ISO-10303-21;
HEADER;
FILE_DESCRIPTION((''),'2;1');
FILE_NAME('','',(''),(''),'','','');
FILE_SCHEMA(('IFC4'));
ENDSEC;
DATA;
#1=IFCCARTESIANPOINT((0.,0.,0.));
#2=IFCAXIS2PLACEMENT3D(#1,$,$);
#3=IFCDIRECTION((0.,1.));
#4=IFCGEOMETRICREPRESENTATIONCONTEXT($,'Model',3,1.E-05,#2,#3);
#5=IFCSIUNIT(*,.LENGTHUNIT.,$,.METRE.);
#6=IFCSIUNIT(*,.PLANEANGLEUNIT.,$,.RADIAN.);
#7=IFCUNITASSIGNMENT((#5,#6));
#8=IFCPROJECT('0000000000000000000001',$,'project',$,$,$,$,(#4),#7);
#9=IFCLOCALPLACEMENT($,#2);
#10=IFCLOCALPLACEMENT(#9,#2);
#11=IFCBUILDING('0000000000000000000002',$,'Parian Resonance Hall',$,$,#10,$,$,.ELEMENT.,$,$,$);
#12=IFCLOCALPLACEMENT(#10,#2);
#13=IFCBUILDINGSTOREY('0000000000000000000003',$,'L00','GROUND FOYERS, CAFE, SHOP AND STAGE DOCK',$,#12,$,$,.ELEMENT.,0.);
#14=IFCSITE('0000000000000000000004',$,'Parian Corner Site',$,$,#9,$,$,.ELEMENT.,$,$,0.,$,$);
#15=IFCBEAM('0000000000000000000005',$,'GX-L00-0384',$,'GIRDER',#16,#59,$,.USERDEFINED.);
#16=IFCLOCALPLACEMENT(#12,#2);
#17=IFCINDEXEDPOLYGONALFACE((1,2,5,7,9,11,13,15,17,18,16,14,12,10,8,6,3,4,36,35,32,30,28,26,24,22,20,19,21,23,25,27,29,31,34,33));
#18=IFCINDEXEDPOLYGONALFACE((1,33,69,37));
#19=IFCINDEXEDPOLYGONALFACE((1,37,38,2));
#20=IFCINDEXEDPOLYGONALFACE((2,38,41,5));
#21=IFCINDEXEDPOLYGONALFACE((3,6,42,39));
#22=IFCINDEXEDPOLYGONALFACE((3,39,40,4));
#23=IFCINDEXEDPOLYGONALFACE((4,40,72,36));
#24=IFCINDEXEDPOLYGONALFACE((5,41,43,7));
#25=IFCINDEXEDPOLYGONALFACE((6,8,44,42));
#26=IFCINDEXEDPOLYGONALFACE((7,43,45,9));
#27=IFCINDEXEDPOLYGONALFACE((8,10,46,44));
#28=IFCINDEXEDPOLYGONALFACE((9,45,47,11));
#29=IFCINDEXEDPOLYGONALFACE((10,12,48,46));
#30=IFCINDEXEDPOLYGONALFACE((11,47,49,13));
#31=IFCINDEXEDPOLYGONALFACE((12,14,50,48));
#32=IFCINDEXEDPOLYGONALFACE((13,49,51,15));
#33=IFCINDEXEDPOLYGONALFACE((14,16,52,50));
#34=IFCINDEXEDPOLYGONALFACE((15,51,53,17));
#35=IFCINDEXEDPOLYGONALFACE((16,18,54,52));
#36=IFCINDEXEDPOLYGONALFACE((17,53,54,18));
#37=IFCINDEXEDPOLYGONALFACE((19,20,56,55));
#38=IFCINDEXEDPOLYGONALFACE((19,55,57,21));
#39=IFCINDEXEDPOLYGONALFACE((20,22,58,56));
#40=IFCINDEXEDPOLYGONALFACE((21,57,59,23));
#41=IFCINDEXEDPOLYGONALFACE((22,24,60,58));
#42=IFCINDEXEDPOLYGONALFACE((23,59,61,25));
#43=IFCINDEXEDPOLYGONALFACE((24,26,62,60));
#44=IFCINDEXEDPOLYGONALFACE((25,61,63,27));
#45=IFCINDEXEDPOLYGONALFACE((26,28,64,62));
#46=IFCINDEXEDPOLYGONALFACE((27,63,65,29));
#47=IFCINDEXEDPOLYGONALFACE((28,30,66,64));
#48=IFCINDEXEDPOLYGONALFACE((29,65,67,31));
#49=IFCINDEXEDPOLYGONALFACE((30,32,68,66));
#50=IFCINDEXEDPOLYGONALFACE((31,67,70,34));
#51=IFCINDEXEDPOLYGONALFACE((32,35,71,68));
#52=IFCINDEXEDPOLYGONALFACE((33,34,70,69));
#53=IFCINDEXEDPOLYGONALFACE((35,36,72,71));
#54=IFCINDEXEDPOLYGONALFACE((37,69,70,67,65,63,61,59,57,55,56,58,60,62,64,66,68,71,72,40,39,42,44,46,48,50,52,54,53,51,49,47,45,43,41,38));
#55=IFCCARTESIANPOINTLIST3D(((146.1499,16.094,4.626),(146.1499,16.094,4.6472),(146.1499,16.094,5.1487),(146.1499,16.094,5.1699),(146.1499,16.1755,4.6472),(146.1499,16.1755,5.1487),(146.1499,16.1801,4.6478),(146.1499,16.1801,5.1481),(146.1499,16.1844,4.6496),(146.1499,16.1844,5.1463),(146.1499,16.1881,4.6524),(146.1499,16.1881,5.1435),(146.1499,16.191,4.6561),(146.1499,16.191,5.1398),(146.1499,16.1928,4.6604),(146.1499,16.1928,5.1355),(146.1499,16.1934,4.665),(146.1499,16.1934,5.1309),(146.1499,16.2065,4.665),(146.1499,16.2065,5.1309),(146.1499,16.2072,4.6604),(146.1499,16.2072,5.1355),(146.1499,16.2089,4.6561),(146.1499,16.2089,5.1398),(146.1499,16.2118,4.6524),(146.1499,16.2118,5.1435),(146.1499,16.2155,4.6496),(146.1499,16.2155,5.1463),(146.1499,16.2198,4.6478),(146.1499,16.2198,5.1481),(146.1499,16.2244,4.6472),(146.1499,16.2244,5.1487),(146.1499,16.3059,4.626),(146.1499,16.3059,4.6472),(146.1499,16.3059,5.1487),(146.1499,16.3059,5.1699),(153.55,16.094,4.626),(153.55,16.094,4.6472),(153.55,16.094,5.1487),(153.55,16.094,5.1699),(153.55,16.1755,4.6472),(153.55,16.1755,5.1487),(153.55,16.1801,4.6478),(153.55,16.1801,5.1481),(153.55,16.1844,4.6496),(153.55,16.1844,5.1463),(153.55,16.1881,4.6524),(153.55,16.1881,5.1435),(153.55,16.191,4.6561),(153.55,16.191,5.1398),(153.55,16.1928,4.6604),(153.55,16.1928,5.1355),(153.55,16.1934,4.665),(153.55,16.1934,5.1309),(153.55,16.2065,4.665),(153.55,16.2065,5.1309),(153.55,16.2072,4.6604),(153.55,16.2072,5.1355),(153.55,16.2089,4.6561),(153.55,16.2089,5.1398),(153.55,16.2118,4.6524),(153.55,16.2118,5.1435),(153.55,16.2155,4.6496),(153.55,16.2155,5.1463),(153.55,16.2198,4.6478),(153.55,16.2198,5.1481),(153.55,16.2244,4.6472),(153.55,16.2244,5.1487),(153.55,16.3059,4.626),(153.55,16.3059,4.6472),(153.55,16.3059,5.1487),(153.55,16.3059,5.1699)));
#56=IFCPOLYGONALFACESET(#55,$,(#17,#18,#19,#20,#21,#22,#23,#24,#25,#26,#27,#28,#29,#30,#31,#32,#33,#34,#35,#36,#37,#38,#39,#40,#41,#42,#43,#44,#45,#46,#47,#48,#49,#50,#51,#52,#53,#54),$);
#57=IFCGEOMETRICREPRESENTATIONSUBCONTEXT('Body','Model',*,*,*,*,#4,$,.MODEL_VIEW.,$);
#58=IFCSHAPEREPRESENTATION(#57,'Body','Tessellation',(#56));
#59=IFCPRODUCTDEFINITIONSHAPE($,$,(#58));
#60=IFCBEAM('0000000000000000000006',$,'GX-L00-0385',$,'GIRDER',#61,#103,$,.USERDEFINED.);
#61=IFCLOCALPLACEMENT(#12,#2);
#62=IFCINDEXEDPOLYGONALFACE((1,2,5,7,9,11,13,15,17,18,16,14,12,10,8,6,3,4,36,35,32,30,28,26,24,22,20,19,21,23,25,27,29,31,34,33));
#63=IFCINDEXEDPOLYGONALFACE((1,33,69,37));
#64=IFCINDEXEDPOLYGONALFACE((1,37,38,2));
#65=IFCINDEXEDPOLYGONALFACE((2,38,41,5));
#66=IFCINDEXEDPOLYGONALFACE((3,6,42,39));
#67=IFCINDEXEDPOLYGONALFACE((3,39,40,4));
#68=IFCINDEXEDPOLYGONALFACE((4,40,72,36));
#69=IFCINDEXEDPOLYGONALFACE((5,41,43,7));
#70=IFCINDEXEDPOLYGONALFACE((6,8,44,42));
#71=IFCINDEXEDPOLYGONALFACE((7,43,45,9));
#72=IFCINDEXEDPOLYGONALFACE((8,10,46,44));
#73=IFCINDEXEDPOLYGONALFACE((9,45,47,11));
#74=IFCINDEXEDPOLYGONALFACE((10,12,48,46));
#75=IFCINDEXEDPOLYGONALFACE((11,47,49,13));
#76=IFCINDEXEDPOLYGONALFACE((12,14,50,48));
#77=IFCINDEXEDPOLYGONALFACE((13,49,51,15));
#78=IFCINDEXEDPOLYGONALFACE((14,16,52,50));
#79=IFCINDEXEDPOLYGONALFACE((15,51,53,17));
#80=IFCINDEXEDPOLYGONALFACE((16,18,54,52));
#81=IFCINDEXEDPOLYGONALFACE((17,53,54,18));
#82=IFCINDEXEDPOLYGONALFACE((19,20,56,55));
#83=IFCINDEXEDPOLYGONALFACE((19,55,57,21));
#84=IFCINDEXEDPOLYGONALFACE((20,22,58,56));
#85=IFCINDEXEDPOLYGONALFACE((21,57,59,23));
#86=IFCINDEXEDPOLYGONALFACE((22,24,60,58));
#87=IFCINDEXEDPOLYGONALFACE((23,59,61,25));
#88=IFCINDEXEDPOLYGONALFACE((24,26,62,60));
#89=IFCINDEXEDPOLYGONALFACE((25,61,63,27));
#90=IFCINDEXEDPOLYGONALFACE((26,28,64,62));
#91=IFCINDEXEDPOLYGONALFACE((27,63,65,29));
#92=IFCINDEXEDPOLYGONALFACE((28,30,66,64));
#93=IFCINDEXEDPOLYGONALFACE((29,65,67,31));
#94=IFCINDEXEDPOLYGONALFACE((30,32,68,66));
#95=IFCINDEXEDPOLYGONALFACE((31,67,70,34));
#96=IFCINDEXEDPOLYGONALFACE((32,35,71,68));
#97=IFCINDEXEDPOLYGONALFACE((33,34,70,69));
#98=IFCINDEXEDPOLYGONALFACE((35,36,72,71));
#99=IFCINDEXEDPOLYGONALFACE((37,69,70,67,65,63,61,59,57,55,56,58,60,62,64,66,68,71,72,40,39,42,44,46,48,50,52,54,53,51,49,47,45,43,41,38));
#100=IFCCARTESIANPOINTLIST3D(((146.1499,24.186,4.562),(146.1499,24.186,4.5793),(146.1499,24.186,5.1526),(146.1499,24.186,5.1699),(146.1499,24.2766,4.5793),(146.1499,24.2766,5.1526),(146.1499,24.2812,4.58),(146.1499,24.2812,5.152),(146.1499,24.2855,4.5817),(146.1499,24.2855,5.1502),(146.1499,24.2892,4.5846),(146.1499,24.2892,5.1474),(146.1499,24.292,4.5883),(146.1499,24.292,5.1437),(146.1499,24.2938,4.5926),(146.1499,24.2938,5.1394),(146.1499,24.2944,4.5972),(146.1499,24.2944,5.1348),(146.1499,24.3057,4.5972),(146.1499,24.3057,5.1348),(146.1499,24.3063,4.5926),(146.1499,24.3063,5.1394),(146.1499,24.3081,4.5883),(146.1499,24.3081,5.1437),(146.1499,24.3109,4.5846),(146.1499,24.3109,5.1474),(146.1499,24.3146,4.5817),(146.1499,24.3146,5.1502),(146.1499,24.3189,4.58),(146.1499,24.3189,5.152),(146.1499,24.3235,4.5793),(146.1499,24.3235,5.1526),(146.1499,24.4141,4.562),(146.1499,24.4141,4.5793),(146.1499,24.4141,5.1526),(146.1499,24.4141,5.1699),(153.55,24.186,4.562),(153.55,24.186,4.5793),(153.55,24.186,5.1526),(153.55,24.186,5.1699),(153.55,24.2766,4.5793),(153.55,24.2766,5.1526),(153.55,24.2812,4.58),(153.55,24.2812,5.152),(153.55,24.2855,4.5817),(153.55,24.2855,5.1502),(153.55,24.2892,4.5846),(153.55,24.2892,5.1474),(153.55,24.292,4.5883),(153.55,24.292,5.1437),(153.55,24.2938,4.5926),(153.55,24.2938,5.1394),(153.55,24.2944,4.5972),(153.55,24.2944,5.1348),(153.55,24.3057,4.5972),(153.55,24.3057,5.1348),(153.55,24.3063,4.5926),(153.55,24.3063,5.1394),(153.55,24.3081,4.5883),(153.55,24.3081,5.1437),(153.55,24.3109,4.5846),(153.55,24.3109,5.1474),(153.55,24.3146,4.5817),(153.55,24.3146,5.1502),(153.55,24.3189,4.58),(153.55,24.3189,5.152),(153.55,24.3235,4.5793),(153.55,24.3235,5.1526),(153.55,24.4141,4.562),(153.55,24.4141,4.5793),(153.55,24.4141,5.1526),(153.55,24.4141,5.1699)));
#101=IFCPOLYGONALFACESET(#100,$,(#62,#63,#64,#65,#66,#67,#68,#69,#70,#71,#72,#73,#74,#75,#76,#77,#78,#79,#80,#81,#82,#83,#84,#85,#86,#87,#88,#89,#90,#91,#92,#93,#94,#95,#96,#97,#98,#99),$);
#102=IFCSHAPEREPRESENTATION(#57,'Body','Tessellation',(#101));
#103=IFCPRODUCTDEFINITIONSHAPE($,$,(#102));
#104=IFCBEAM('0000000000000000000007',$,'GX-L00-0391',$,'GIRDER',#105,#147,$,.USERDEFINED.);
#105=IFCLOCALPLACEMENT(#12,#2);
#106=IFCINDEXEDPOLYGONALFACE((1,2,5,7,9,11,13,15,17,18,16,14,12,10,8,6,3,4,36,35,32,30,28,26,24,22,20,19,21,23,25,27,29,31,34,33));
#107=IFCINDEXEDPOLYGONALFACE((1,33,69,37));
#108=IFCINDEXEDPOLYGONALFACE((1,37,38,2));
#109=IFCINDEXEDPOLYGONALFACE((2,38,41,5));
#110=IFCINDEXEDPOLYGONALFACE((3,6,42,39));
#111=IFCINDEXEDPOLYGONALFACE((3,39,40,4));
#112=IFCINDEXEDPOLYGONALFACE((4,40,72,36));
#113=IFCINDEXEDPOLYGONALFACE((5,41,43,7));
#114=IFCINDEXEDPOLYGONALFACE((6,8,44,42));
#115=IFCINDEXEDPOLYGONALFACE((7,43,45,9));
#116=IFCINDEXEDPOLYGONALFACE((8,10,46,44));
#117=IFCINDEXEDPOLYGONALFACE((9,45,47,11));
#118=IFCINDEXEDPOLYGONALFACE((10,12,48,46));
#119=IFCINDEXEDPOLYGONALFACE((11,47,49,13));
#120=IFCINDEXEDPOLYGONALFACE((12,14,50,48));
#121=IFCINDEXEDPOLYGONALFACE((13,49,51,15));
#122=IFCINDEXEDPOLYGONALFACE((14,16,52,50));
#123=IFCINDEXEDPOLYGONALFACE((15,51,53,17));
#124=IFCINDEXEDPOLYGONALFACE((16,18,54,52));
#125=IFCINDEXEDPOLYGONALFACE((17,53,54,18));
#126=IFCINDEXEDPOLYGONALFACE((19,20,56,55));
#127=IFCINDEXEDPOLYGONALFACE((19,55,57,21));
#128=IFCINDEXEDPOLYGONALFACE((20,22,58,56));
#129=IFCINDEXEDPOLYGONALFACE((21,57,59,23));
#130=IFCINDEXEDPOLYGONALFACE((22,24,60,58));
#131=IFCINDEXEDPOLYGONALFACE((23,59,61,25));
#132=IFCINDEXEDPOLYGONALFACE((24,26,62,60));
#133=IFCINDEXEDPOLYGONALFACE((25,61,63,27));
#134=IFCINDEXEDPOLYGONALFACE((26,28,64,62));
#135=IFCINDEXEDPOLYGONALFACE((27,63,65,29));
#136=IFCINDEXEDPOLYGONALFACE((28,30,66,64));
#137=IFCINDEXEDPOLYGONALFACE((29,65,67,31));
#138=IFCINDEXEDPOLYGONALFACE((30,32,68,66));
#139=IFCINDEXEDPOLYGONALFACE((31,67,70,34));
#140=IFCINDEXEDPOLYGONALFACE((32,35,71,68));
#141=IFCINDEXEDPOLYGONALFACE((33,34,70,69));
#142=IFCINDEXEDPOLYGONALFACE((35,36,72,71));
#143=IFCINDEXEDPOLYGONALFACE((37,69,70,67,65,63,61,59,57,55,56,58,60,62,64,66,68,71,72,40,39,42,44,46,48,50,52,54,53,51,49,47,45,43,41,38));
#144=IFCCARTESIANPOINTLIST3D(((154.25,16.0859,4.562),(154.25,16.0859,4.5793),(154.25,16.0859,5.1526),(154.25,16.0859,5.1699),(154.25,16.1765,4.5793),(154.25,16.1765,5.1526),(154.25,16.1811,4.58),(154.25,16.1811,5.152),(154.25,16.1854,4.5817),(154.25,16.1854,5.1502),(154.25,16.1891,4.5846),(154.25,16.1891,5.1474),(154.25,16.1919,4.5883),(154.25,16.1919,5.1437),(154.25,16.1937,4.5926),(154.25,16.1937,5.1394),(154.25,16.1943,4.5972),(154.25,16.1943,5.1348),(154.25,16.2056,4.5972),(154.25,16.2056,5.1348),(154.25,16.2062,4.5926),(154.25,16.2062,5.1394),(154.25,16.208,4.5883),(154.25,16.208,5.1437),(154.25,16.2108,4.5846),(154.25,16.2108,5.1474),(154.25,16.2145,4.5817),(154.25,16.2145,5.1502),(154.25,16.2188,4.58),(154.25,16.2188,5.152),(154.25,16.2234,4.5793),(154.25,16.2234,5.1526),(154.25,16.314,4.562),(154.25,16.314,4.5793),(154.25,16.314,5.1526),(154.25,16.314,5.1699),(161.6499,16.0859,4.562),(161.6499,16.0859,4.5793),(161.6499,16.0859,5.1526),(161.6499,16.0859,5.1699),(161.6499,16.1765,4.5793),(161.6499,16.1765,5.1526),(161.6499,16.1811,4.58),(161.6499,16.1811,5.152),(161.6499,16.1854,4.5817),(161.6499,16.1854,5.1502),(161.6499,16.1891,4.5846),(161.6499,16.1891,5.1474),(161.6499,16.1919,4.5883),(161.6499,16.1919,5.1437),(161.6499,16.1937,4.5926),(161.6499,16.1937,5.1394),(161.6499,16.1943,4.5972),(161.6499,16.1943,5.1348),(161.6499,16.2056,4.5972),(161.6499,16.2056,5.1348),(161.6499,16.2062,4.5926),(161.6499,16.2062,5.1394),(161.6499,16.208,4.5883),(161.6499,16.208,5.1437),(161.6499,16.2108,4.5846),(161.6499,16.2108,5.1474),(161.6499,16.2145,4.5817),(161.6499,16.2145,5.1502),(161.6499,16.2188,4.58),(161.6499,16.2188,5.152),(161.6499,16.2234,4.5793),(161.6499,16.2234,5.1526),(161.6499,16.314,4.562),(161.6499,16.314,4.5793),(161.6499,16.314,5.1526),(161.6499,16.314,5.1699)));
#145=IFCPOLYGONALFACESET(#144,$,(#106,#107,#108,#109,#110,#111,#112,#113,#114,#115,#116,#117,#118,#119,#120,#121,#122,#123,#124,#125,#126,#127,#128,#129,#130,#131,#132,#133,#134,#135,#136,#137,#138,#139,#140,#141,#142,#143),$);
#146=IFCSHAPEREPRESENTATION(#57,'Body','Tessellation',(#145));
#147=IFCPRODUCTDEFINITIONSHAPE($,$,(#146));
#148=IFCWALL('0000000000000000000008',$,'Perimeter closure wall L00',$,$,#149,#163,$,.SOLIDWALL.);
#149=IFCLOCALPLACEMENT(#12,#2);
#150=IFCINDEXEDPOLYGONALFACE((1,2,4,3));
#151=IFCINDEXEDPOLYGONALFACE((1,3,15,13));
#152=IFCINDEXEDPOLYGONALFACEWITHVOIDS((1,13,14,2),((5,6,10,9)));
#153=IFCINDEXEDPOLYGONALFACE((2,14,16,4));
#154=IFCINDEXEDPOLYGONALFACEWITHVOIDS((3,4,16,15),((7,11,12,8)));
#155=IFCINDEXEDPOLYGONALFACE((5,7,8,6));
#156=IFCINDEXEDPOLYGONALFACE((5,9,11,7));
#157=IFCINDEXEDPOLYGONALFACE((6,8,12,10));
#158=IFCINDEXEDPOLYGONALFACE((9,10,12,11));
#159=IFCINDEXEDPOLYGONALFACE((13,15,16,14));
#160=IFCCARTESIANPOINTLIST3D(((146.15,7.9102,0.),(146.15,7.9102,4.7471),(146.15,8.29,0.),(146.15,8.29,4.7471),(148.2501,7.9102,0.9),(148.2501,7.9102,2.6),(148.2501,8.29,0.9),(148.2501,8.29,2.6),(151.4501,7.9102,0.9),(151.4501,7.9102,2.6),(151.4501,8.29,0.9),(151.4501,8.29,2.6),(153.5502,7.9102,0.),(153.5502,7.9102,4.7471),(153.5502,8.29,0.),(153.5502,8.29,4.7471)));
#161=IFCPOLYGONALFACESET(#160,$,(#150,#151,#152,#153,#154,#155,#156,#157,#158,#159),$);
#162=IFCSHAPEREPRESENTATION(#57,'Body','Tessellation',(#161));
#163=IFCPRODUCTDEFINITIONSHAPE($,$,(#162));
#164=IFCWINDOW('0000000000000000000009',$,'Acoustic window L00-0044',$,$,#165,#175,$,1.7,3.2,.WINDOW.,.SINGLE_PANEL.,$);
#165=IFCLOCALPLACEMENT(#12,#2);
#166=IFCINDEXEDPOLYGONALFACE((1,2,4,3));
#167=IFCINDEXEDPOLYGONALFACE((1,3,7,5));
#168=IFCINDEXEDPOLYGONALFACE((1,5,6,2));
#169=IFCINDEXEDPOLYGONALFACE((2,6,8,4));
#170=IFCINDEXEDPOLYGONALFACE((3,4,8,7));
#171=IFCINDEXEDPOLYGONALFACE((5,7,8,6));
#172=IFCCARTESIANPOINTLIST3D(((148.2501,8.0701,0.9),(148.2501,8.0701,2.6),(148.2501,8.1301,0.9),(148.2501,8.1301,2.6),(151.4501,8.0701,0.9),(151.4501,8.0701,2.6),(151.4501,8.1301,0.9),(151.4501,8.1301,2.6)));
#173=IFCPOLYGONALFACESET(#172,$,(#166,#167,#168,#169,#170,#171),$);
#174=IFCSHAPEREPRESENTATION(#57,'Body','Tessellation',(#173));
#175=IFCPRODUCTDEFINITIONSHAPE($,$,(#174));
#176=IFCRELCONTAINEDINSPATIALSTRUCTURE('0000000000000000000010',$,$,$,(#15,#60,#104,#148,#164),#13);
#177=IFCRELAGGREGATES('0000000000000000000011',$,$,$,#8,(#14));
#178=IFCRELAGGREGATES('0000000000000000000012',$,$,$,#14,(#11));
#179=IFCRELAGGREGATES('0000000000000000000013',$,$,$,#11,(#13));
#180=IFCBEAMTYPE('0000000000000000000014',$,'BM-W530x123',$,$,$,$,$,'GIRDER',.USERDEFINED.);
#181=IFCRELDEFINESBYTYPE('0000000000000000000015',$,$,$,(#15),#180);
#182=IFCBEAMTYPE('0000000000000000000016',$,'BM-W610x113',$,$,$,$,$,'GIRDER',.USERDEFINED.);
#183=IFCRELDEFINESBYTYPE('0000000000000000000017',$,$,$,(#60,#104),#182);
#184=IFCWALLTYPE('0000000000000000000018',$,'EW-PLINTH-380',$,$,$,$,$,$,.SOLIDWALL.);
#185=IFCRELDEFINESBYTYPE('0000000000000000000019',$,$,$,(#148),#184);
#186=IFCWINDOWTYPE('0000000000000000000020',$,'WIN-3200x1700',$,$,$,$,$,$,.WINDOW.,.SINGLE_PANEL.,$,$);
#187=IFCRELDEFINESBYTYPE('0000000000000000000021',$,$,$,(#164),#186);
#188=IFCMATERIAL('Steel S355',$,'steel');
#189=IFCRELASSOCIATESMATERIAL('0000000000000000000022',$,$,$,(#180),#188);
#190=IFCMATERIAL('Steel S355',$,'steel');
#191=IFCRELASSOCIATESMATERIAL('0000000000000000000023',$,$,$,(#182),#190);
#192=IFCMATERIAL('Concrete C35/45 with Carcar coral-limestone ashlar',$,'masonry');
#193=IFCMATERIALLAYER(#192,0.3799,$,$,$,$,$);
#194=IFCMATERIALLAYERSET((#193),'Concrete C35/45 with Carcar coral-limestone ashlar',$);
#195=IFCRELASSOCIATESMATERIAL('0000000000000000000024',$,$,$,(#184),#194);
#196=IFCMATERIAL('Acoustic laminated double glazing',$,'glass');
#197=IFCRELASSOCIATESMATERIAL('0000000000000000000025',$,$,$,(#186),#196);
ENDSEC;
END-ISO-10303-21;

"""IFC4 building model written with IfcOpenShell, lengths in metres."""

from ifc_helpers import new_model, si_unit, direction, frame, frame_2d, origin, origin_2d, place, context, subcontext, project, spatial, rectangle, i_section, extrude, material, layer, layer_set, material_profile, profile_set, type_object, element, fill, save


model = new_model("IFC4")

# Units and contexts
model_context = context("Model", 3, precision=1e-05, world=origin(), true_north=direction((0.0, 1.0)))
body_context = subcontext(model_context, "Body", "Model", "MODEL_VIEW")
ifc_project = project(units=[si_unit("LENGTHUNIT", "METRE"), si_unit("PLANEANGLEUNIT", "RADIAN")], contexts=[model_context])

# Site, building, storey
site_placement = place(None, origin())
site = spatial("IfcSite", under=ifc_project, at=site_placement, Name="Parian Corner Site", CompositionType="ELEMENT", RefElevation=0.0)
building_placement = place(site_placement, origin())
building = spatial("IfcBuilding", under=site, at=building_placement, Name="Parian Resonance Hall", CompositionType="ELEMENT")
storey_placement = place(building_placement, origin())
storey = spatial("IfcBuildingStorey", under=building, at=storey_placement, Name="L00", Description="GROUND FOYERS, CAFE, SHOP AND STAGE DOCK", CompositionType="ELEMENT", Elevation=0.0)

# Beams
ifc_material_1 = material(Name="Steel S355", Category="steel")
ifc_material_profile_1 = material_profile(ifc_material_1, i_section(OverallWidth=0.2119, OverallDepth=0.5439, WebThickness=0.0132, FlangeThickness=0.0212, FilletRadius=0.0178, at=origin_2d()), Name="W530x123")
ifc_profile_set_1 = profile_set([ifc_material_profile_1], Name="Steel S355")
beam_type_1 = type_object("IfcBeamType", Name="BM-W530x123", ElementType="GIRDER", PredefinedType="USERDEFINED", material=ifc_profile_set_1)
beam_1_placement = place(storey_placement, frame((146.1499, 16.2, 4.8979), z_axis=(1.0, 0.0, 0.0), x_axis=(0.0, 1.0, 0.0)))
element("IfcBeam", 1, at=beam_1_placement, inside=storey, type_object=beam_type_1, Name="GX-L00-0384", ObjectType="GIRDER", PredefinedType="USERDEFINED", context=body_context, shape_type="SweptSolid", body=[
    extrude(i_section(OverallWidth=0.2119, OverallDepth=0.5439, WebThickness=0.0132, FlangeThickness=0.0212, FilletRadius=0.0178, at=origin_2d()), origin(), (0.0, 0.0, 1.0), 7.4001),
])
ifc_material_2 = material(Name="Steel S355", Category="steel")
ifc_material_profile_2 = material_profile(ifc_material_2, i_section(OverallWidth=0.228, OverallDepth=0.6079, WebThickness=0.0112, FlangeThickness=0.0173, FilletRadius=0.0178, at=origin_2d()), Name="W610x113")
ifc_profile_set_2 = profile_set([ifc_material_profile_2], Name="Steel S355")
beam_type_2 = type_object("IfcBeamType", Name="BM-W610x113", ElementType="GIRDER", PredefinedType="USERDEFINED", material=ifc_profile_set_2)
beam_2_placement = place(storey_placement, frame((146.1499, 24.3, 4.866), z_axis=(1.0, 0.0, 0.0), x_axis=(0.0, 1.0, 0.0)))
element("IfcBeam", 2, at=beam_2_placement, inside=storey, type_object=beam_type_2, Name="GX-L00-0385", ObjectType="GIRDER", PredefinedType="USERDEFINED", context=body_context, shape_type="SweptSolid", body=[
    extrude(i_section(OverallWidth=0.228, OverallDepth=0.6079, WebThickness=0.0112, FlangeThickness=0.0173, FilletRadius=0.0178, at=origin_2d()), origin(), (0.0, 0.0, 1.0), 7.4001),
])
beam_3_placement = place(storey_placement, frame((154.25, 16.2, 4.866), z_axis=(1.0, 0.0, 0.0), x_axis=(0.0, 1.0, 0.0)))
element("IfcBeam", 3, at=beam_3_placement, inside=storey, type_object=beam_type_2, Name="GX-L00-0391", ObjectType="GIRDER", PredefinedType="USERDEFINED", context=body_context, shape_type="SweptSolid", body=[
    extrude(i_section(OverallWidth=0.228, OverallDepth=0.6079, WebThickness=0.0112, FlangeThickness=0.0173, FilletRadius=0.0178, at=origin_2d()), origin(), (0.0, 0.0, 1.0), 7.3999),
])

# Wall, opening, window
ifc_material_3 = material(Name="Concrete C35/45 with Carcar coral-limestone ashlar", Category="masonry")
ifc_layer_1 = layer(ifc_material_3, 0.3799)
ifc_layer_set_1 = layer_set([ifc_layer_1], Name="Concrete C35/45 with Carcar coral-limestone ashlar")
wall_type_1 = type_object("IfcWallType", Name="EW-PLINTH-380", PredefinedType="SOLIDWALL", material=ifc_layer_set_1)
wall_1_placement = place(storey_placement, frame((146.1499, 8.1001, 0.0), z_axis=(0.0, 0.0, 1.0), x_axis=(1.0, 0.0, 0.0)))
wall_1 = element("IfcWall", 4, at=wall_1_placement, inside=storey, type_object=wall_type_1, Name="Perimeter closure wall L00", PredefinedType="SOLIDWALL", context=body_context, shape_type="SweptSolid", body=[
    extrude(rectangle(XDim=7.4001, YDim=0.3799, at=frame_2d((3.7002, 0.0))), origin(), (0.0, 0.0, 1.0), 4.7471),
])
opening_1_placement = place(wall_1_placement, frame((2.1001, 0.0, 0.8999)))
opening_1 = element("IfcOpeningElement", 5, at=opening_1_placement, cuts=wall_1, PredefinedType="OPENING", context=body_context, shape_type="SweptSolid", body=[
    extrude(rectangle(XDim=3.2, YDim=1.7, at=frame_2d((1.6001, 0.8501))), frame((0.0, 0.2, 0.0), z_axis=(0.0, -1.0, 0.0), x_axis=(1.0, 0.0, 0.0)), (0.0, 0.0, 1.0), 0.3999),
])
ifc_material_4 = material(Name="Acoustic laminated double glazing", Category="glass")
window_type = type_object("IfcWindowType", Name="WIN-3200x1700", PartitioningType="SINGLE_PANEL", PredefinedType="WINDOW", material=ifc_material_4)
window_placement = place(opening_1_placement, origin())
window = element("IfcWindow", 6, at=window_placement, inside=storey, type_object=window_type, Name="Acoustic window L00-0044", OverallHeight=1.7, OverallWidth=3.2, PartitioningType="SINGLE_PANEL", PredefinedType="WINDOW", context=body_context, shape_type="SweptSolid", body=[
    extrude(rectangle(XDim=3.2, YDim=1.7, at=frame_2d((1.6001, 0.8501))), frame((0.0, 0.03, 0.0), z_axis=(0.0, -1.0, 0.0), x_axis=(1.0, 0.0, 0.0)), (0.0, 0.0, 1.0), 0.0601),
])
fill(opening_1, window)

save(model, "model.ifc")
